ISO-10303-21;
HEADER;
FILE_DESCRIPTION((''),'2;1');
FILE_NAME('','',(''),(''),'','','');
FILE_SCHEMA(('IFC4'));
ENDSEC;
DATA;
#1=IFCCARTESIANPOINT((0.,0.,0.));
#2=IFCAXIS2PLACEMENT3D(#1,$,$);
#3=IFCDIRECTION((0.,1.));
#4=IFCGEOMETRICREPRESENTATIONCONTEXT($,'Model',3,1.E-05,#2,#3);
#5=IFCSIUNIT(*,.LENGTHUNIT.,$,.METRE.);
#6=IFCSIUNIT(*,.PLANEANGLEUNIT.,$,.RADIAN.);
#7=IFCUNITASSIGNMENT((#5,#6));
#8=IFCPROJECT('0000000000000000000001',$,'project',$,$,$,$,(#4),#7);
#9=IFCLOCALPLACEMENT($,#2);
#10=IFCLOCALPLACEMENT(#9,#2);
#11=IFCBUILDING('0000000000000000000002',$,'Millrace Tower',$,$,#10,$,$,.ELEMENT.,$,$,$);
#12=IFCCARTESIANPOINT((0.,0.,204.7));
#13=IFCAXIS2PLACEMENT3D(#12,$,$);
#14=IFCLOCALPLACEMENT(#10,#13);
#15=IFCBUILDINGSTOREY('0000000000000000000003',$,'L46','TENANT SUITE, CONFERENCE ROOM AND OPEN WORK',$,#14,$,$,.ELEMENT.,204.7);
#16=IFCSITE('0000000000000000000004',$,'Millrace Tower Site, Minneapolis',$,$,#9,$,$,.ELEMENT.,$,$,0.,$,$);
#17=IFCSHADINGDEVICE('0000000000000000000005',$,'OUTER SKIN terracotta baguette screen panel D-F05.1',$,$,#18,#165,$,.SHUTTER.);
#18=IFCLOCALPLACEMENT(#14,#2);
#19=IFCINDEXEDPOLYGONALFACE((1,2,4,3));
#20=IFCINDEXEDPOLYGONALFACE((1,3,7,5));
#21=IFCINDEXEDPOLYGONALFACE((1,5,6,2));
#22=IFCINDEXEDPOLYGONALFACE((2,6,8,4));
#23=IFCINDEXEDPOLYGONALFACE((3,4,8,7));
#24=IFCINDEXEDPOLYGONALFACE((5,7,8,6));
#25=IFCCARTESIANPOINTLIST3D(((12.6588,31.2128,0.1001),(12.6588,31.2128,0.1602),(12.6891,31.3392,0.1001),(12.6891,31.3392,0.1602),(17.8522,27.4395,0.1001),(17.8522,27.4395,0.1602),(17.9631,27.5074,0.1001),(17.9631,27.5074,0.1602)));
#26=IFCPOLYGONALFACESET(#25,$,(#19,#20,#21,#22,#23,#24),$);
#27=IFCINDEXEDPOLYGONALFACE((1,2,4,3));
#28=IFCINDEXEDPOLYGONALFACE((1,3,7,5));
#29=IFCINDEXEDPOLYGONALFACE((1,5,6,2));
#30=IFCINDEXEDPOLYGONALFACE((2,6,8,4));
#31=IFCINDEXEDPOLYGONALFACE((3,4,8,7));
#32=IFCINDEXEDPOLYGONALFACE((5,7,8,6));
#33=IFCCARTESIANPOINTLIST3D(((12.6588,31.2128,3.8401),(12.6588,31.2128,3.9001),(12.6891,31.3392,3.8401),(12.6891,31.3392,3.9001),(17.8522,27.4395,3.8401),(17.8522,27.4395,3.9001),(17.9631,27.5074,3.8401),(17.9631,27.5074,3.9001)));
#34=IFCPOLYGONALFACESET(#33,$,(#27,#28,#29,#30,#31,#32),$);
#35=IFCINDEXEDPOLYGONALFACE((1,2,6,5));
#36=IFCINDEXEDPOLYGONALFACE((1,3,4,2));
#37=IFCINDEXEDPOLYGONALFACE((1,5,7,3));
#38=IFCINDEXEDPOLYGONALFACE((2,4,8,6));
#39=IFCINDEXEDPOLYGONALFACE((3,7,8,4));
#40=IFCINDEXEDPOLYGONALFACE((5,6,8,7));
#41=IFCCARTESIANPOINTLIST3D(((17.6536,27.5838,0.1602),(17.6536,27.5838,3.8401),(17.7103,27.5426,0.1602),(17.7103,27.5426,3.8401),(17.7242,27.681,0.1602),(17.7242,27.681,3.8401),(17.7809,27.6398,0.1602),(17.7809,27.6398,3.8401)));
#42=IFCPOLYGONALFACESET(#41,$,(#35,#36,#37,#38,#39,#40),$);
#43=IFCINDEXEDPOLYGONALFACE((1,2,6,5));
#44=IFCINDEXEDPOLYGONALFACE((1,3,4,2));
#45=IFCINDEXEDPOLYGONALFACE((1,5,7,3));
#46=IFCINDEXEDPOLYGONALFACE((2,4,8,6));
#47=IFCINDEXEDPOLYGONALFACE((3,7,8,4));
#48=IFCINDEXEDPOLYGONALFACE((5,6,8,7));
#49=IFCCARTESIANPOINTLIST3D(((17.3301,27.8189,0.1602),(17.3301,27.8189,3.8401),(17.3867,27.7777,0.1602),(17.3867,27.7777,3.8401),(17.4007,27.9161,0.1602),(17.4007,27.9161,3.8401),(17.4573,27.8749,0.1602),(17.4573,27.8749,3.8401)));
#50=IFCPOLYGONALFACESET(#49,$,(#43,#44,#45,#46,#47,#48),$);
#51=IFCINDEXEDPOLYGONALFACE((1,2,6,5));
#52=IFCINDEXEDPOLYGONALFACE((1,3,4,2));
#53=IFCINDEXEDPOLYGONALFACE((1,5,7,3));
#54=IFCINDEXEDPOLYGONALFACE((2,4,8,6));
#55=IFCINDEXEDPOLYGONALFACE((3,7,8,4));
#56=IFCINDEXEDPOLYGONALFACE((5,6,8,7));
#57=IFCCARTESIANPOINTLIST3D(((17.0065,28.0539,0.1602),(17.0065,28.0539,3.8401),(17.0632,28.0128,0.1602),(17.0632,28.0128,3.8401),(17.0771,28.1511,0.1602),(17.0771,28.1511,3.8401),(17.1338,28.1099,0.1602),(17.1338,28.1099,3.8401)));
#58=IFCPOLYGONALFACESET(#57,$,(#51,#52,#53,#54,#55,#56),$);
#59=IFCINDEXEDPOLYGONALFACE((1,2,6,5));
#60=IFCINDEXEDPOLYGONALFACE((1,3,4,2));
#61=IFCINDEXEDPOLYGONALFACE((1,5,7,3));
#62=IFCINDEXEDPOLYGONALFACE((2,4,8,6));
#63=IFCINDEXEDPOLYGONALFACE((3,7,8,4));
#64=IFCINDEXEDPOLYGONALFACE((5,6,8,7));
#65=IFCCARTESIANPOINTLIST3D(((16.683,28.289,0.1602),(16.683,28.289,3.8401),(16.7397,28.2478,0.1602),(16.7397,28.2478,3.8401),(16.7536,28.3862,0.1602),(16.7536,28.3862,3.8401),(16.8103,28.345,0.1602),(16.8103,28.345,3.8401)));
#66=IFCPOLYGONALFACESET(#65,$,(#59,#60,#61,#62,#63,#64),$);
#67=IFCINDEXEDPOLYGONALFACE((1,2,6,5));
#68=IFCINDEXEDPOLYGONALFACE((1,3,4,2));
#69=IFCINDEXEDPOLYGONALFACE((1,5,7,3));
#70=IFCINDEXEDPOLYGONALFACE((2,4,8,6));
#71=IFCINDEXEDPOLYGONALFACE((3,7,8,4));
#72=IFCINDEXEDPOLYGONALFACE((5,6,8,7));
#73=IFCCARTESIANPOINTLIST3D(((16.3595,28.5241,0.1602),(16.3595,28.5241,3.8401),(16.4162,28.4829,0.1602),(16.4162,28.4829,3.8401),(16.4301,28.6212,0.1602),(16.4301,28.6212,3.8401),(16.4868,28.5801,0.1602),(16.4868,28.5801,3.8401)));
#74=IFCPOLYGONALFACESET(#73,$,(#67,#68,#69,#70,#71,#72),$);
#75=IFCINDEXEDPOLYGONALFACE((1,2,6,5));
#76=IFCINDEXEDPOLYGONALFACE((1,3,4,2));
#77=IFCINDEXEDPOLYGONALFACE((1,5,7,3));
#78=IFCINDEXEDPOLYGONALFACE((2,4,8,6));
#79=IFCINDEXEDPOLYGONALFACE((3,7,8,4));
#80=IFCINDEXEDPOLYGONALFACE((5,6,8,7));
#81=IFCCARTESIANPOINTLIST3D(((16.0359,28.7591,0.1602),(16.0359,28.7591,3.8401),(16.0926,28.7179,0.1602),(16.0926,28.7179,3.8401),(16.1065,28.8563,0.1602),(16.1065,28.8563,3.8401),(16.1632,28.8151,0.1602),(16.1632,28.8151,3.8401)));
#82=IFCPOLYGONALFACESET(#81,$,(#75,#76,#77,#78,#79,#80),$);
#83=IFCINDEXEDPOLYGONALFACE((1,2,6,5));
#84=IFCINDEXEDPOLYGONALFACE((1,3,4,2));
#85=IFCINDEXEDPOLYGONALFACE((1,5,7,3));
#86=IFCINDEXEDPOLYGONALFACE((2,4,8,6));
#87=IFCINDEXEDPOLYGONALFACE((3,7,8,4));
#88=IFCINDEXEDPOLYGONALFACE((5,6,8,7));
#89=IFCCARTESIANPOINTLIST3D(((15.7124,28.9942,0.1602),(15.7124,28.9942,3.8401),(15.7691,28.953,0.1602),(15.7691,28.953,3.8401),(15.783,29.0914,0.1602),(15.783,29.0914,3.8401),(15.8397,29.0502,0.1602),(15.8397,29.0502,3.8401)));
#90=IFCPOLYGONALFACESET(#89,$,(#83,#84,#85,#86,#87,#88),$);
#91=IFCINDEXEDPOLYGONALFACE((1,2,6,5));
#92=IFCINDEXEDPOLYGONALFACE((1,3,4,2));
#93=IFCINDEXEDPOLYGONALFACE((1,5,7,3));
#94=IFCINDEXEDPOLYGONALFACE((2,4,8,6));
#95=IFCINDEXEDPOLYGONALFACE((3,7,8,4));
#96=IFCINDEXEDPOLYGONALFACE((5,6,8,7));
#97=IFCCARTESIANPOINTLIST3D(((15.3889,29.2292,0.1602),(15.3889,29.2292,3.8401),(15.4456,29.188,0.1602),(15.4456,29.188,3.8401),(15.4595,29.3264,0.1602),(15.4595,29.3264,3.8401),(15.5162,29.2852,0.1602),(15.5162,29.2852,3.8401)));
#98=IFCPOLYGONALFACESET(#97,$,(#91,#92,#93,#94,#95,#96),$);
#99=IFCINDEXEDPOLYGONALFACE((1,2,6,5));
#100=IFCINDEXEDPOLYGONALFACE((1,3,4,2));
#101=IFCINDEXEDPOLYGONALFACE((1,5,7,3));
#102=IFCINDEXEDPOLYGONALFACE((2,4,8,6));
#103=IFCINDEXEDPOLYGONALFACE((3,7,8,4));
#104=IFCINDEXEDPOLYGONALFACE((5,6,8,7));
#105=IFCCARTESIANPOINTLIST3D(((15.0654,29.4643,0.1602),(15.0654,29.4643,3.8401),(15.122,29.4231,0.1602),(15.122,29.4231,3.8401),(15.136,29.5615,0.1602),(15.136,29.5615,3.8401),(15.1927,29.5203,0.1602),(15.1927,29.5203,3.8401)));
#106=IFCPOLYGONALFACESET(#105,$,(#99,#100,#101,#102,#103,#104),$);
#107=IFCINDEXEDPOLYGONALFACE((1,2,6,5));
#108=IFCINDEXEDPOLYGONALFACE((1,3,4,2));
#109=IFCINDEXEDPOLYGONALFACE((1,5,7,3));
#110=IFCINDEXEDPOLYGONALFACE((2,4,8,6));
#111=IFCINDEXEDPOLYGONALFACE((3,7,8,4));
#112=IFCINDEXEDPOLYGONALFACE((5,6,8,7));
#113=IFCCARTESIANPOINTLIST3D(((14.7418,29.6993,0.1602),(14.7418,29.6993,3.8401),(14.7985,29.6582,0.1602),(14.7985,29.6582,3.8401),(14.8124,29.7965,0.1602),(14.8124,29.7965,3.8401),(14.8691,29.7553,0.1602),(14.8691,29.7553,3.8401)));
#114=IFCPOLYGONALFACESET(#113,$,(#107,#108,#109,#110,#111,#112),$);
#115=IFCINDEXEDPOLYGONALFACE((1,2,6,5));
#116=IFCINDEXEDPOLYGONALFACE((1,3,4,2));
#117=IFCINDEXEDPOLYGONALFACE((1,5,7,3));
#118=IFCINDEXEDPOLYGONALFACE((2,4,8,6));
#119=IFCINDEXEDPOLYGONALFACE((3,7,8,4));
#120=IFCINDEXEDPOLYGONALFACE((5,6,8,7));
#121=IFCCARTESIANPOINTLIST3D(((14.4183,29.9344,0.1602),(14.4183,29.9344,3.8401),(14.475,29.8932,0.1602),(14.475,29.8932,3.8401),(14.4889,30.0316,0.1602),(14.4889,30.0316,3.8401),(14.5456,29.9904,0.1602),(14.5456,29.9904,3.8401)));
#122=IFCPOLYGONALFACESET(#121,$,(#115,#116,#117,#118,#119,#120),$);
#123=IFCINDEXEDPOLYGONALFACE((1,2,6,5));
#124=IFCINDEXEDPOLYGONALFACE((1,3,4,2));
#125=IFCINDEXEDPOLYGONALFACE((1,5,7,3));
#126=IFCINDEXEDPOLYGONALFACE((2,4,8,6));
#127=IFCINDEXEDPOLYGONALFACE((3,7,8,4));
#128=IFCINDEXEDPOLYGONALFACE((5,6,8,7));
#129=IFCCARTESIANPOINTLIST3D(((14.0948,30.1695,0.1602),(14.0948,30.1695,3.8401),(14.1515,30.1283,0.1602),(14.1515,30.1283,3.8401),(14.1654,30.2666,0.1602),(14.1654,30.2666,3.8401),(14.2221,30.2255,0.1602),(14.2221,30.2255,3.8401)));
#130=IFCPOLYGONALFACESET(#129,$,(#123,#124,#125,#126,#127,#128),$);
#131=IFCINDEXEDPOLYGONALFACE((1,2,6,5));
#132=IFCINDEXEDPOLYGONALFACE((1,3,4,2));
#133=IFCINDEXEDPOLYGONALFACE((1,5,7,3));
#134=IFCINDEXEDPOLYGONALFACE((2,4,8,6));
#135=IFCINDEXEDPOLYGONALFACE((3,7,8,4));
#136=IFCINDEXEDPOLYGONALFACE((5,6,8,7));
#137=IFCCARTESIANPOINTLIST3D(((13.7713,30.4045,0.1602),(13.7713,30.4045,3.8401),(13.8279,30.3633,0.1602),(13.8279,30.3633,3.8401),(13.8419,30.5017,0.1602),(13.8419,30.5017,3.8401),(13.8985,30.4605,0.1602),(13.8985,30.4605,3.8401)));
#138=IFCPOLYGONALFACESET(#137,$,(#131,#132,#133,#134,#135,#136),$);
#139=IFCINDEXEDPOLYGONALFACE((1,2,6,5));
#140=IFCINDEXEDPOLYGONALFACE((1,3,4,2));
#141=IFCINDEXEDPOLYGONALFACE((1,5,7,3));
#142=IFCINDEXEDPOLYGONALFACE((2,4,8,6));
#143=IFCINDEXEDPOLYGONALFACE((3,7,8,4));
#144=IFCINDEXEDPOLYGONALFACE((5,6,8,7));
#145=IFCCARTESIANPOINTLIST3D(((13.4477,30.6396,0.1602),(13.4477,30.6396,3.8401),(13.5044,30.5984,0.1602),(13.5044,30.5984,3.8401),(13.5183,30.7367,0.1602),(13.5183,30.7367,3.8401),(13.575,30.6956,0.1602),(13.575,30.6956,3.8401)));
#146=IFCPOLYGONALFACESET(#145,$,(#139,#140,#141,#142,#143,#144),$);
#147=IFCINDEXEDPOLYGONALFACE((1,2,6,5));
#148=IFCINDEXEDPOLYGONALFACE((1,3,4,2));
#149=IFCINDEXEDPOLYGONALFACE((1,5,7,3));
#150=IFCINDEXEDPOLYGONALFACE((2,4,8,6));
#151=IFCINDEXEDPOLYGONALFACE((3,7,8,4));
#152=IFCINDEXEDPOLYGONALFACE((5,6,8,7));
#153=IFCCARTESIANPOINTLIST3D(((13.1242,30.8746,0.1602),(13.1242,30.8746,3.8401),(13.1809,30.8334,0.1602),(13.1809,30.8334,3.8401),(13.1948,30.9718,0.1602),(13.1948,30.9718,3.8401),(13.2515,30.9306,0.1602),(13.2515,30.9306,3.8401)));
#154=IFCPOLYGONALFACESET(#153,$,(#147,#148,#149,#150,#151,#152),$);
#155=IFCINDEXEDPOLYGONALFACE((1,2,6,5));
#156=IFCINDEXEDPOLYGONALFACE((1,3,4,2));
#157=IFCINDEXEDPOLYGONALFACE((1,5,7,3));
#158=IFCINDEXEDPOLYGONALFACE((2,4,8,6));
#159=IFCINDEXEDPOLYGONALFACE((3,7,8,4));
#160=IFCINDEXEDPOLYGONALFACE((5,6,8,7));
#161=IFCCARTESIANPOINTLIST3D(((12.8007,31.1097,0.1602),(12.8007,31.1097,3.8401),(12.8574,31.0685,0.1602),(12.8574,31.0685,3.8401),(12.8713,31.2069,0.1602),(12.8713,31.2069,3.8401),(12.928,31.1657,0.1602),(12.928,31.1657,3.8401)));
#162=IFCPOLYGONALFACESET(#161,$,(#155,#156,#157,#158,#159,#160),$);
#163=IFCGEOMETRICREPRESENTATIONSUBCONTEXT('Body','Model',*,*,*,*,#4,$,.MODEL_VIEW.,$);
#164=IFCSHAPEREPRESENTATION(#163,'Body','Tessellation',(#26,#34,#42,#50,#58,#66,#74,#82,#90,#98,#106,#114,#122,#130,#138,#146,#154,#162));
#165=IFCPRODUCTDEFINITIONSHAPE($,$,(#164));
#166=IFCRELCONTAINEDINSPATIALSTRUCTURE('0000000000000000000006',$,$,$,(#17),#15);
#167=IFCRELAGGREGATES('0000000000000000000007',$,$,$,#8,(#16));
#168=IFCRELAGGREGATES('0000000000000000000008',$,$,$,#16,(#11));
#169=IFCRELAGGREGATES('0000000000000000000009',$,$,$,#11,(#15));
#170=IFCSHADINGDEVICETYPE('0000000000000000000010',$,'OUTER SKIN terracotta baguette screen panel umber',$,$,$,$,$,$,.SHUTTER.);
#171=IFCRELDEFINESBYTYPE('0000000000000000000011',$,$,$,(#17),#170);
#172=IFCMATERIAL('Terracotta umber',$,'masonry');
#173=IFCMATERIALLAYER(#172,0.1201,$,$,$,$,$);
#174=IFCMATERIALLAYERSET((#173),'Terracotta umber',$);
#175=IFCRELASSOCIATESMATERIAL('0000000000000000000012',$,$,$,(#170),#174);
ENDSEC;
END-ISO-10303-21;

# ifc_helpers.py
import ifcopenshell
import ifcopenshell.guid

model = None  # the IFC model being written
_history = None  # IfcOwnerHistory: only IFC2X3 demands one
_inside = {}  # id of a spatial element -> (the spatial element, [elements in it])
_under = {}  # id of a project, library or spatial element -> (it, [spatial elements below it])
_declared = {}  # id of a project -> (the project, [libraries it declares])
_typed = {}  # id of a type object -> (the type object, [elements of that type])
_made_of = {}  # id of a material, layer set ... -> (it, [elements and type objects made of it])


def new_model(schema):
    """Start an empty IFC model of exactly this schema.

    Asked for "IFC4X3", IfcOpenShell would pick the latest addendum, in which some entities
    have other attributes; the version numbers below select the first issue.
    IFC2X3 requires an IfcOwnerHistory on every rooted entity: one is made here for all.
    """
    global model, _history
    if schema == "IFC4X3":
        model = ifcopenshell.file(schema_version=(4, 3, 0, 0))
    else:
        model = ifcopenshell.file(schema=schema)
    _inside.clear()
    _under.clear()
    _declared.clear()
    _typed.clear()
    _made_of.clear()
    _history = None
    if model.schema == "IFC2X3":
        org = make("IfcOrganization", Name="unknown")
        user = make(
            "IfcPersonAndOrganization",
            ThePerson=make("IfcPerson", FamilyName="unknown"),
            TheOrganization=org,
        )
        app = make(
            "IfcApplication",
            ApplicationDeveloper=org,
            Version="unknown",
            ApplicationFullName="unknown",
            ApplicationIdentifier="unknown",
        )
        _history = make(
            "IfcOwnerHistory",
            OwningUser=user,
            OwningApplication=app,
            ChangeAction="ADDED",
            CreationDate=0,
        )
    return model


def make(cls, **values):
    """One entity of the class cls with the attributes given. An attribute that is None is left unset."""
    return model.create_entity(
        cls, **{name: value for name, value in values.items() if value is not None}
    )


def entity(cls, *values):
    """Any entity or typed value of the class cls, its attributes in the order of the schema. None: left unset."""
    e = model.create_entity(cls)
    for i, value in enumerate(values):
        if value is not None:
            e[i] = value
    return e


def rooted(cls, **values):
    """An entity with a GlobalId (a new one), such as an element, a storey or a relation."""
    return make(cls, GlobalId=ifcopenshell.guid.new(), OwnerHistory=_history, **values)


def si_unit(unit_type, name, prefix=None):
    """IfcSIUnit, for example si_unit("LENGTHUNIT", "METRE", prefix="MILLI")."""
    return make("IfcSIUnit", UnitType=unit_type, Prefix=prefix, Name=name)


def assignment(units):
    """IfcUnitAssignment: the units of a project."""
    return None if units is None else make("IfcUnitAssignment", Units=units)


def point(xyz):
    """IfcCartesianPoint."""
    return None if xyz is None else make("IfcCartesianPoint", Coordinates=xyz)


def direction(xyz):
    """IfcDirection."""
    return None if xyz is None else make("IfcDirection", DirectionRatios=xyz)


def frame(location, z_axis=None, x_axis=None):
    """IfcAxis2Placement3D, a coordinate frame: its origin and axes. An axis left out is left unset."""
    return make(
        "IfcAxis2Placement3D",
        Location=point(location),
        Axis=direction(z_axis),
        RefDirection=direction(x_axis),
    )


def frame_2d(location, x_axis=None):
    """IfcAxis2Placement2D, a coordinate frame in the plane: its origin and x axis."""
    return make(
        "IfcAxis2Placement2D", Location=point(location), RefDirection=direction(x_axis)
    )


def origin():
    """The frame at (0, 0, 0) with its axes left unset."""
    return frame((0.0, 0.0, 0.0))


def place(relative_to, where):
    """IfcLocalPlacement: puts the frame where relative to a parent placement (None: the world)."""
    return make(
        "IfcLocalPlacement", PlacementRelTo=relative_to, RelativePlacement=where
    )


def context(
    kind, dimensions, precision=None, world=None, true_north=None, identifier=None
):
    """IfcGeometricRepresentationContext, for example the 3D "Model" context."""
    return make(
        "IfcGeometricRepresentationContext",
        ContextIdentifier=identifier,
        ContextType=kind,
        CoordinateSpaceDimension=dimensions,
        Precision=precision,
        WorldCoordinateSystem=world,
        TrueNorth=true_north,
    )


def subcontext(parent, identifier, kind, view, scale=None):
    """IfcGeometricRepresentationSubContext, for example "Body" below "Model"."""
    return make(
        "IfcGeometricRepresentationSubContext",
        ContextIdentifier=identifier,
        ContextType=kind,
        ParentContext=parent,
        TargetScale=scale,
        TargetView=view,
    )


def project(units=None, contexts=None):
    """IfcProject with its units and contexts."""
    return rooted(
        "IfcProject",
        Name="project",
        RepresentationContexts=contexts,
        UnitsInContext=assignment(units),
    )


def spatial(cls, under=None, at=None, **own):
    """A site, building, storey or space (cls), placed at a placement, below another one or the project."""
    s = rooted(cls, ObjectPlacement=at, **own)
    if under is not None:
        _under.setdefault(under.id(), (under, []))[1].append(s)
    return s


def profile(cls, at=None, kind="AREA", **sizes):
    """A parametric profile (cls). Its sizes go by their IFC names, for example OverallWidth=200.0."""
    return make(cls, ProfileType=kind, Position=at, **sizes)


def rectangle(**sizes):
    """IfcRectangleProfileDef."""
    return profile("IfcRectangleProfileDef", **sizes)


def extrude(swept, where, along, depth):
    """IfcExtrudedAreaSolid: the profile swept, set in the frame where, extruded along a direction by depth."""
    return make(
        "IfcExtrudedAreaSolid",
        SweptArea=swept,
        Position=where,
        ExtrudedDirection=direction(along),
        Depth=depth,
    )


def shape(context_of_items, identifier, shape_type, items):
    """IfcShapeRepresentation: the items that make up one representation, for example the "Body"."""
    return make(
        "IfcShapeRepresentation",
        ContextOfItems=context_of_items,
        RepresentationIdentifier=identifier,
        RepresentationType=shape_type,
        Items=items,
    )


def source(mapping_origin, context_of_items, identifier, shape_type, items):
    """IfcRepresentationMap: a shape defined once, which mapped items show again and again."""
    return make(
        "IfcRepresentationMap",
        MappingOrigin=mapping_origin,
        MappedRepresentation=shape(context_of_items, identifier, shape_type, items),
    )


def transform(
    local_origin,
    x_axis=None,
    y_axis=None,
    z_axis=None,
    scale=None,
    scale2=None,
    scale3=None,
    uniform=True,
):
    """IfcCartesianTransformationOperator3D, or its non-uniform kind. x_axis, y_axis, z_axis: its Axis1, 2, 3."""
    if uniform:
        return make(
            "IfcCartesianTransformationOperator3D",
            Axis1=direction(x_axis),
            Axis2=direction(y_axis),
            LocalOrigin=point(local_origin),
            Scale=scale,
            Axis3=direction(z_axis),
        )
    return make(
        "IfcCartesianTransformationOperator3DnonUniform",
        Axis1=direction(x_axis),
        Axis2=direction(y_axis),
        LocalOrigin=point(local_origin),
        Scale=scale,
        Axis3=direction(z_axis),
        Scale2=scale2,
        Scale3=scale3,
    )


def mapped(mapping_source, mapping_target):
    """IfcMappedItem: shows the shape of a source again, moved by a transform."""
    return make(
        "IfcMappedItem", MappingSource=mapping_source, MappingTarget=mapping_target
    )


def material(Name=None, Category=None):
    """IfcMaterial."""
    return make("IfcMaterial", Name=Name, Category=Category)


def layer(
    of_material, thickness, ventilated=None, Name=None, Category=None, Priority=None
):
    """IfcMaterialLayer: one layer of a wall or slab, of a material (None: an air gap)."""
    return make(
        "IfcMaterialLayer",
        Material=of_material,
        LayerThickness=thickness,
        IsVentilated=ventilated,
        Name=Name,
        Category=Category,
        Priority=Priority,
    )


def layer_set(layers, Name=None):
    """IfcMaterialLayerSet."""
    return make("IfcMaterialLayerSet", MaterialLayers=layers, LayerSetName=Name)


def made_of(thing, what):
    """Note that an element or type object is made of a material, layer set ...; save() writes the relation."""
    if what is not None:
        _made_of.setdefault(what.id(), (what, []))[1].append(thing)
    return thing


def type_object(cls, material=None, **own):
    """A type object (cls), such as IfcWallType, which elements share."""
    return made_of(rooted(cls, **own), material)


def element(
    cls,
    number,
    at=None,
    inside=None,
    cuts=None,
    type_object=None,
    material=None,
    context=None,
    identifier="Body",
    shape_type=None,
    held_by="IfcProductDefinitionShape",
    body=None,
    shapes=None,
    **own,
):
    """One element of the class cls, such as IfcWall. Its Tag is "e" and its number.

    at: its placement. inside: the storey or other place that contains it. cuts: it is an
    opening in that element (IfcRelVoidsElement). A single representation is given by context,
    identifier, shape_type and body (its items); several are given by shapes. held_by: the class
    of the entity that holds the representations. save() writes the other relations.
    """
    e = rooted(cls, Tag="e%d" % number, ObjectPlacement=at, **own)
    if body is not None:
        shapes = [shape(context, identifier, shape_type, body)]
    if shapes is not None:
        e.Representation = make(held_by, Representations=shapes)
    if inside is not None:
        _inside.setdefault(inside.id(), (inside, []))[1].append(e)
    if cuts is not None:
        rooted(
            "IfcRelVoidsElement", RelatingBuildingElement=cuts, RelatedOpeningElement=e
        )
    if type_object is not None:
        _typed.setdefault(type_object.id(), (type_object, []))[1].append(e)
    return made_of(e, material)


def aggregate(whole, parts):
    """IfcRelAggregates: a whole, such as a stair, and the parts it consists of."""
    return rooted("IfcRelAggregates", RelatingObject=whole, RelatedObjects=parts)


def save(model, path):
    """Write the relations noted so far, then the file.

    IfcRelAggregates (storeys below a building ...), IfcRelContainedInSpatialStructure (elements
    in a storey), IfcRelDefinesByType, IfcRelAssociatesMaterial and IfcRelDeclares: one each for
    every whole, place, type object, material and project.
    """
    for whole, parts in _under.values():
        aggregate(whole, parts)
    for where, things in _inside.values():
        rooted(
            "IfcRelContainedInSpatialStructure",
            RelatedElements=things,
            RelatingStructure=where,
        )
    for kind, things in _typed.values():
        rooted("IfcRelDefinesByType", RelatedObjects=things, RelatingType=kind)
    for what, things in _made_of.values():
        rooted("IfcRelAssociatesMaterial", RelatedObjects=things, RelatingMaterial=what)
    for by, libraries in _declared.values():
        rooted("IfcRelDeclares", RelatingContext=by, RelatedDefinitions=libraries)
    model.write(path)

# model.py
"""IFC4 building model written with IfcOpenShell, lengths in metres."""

from ifc_helpers import new_model, entity, si_unit, direction, frame, frame_2d, origin, place, context, subcontext, project, spatial, rectangle, extrude, source, transform, mapped, material, layer, layer_set, type_object, element, save


model = new_model("IFC4")

# Units and contexts
model_context = context("Model", 3, precision=1e-05, world=origin(), true_north=direction((0.0, 1.0)))
body_context = subcontext(model_context, "Body", "Model", "MODEL_VIEW")
ifc_project = project(units=[si_unit("LENGTHUNIT", "METRE"), si_unit("PLANEANGLEUNIT", "RADIAN")], contexts=[model_context])

# Site, building, storey
site_placement = place(None, origin())
site = spatial("IfcSite", under=ifc_project, at=site_placement, Name="Millrace Tower Site, Minneapolis", CompositionType="ELEMENT", RefElevation=0.0)
building_placement = place(site_placement, origin())
building = spatial("IfcBuilding", under=site, at=building_placement, Name="Millrace Tower", CompositionType="ELEMENT")
storey_placement = place(building_placement, frame((0.0, 0.0, 204.7)))
storey = spatial("IfcBuildingStorey", under=building, at=storey_placement, Name="L46", Description="TENANT SUITE, CONFERENCE ROOM AND OPEN WORK", CompositionType="ELEMENT", Elevation=204.7)

# Shading device
ifc_material_1 = material(Name="Terracotta umber", Category="masonry")
ifc_layer_1 = layer(ifc_material_1, 0.1201)
ifc_layer_set_1 = layer_set([ifc_layer_1], Name="Terracotta umber")
shading_device_type = type_object("IfcShadingDeviceType", Name="OUTER SKIN terracotta baguette screen panel umber", PredefinedType="SHUTTER", material=ifc_layer_set_1)
cartesian_point_1 = entity("IfcCartesianPoint", [-3.2097, 0.0601])
shared_polyline_1 = entity("IfcPolyline", [cartesian_point_1, entity("IfcCartesianPoint", [3.2097, 0.0601]), entity("IfcCartesianPoint", [3.2595, -0.0601]), entity("IfcCartesianPoint", [-3.2595, -0.0601]), cartesian_point_1])
shared_shape_1 = source(origin(), body_context, "Body", "SweptSolid", [
    entity("IfcExtrudedAreaSolid", entity("IfcArbitraryClosedProfileDef", "AREA", None, shared_polyline_1), entity("IfcAxis2Placement3D", entity("IfcCartesianPoint", [0.0, 0.0, 0.0])), entity("IfcDirection", [0.0, 0.0, 1.0]), 0.0601),
    entity("IfcExtrudedAreaSolid", entity("IfcArbitraryClosedProfileDef", "AREA", None, shared_polyline_1), entity("IfcAxis2Placement3D", entity("IfcCartesianPoint", [0.0, 0.0, 3.74])), entity("IfcDirection", [0.0, 0.0, 1.0]), 0.0601),
    extrude(rectangle(XDim=0.0701, YDim=0.1201, at=frame_2d((-2.9993, 0.0))), frame((0.0, 0.0, 0.0601)), (0.0, 0.0, 1.0), 3.6799),
    extrude(rectangle(XDim=0.0701, YDim=0.1201, at=frame_2d((-2.5994, 0.0))), frame((0.0, 0.0, 0.0601)), (0.0, 0.0, 1.0), 3.6799),
    extrude(rectangle(XDim=0.0701, YDim=0.1201, at=frame_2d((-2.1995, 0.0))), frame((0.0, 0.0, 0.0601)), (0.0, 0.0, 1.0), 3.6799),
    extrude(rectangle(XDim=0.0701, YDim=0.1201, at=frame_2d((-1.7996, 0.0))), frame((0.0, 0.0, 0.0601)), (0.0, 0.0, 1.0), 3.6799),
    extrude(rectangle(XDim=0.0701, YDim=0.1201, at=frame_2d((-1.3997, 0.0))), frame((0.0, 0.0, 0.0601)), (0.0, 0.0, 1.0), 3.6799),
    extrude(rectangle(XDim=0.0701, YDim=0.1201, at=frame_2d((-0.9998, 0.0))), frame((0.0, 0.0, 0.0601)), (0.0, 0.0, 1.0), 3.6799),
    extrude(rectangle(XDim=0.0701, YDim=0.1201, at=frame_2d((-0.5999, 0.0))), frame((0.0, 0.0, 0.0601)), (0.0, 0.0, 1.0), 3.6799),
    extrude(rectangle(XDim=0.0701, YDim=0.1201, at=frame_2d((-0.2, 0.0))), frame((0.0, 0.0, 0.0601)), (0.0, 0.0, 1.0), 3.6799),
    extrude(rectangle(XDim=0.0701, YDim=0.1201, at=frame_2d((0.2, 0.0))), frame((0.0, 0.0, 0.0601)), (0.0, 0.0, 1.0), 3.6799),
    extrude(rectangle(XDim=0.0701, YDim=0.1201, at=frame_2d((0.5999, 0.0))), frame((0.0, 0.0, 0.0601)), (0.0, 0.0, 1.0), 3.6799),
    extrude(rectangle(XDim=0.0701, YDim=0.1201, at=frame_2d((0.9998, 0.0))), frame((0.0, 0.0, 0.0601)), (0.0, 0.0, 1.0), 3.6799),
    extrude(rectangle(XDim=0.0701, YDim=0.1201, at=frame_2d((1.3997, 0.0))), frame((0.0, 0.0, 0.0601)), (0.0, 0.0, 1.0), 3.6799),
    extrude(rectangle(XDim=0.0701, YDim=0.1201, at=frame_2d((1.7996, 0.0))), frame((0.0, 0.0, 0.0601)), (0.0, 0.0, 1.0), 3.6799),
    extrude(rectangle(XDim=0.0701, YDim=0.1201, at=frame_2d((2.1995, 0.0))), frame((0.0, 0.0, 0.0601)), (0.0, 0.0, 1.0), 3.6799),
    extrude(rectangle(XDim=0.0701, YDim=0.1201, at=frame_2d((2.5994, 0.0))), frame((0.0, 0.0, 0.0601)), (0.0, 0.0, 1.0), 3.6799),
    extrude(rectangle(XDim=0.0701, YDim=0.1201, at=frame_2d((2.9993, 0.0))), frame((0.0, 0.0, 0.0601)), (0.0, 0.0, 1.0), 3.6799),
])
shading_device_1_placement = place(storey_placement, frame((15.2908, 29.3748, 0.1001), z_axis=(0.0, 0.0, 1.0), x_axis=(-0.809017, 0.587785, 0.0)))
element("IfcShadingDevice", 1, at=shading_device_1_placement, inside=storey, type_object=shading_device_type, Name="OUTER SKIN terracotta baguette screen panel D-F05.1", PredefinedType="SHUTTER", context=body_context, shape_type="MappedRepresentation", body=[
    mapped(shared_shape_1, transform((0.0, 0.0, 0.0), scale=1.0)),
])

save(model, "model.ifc")
